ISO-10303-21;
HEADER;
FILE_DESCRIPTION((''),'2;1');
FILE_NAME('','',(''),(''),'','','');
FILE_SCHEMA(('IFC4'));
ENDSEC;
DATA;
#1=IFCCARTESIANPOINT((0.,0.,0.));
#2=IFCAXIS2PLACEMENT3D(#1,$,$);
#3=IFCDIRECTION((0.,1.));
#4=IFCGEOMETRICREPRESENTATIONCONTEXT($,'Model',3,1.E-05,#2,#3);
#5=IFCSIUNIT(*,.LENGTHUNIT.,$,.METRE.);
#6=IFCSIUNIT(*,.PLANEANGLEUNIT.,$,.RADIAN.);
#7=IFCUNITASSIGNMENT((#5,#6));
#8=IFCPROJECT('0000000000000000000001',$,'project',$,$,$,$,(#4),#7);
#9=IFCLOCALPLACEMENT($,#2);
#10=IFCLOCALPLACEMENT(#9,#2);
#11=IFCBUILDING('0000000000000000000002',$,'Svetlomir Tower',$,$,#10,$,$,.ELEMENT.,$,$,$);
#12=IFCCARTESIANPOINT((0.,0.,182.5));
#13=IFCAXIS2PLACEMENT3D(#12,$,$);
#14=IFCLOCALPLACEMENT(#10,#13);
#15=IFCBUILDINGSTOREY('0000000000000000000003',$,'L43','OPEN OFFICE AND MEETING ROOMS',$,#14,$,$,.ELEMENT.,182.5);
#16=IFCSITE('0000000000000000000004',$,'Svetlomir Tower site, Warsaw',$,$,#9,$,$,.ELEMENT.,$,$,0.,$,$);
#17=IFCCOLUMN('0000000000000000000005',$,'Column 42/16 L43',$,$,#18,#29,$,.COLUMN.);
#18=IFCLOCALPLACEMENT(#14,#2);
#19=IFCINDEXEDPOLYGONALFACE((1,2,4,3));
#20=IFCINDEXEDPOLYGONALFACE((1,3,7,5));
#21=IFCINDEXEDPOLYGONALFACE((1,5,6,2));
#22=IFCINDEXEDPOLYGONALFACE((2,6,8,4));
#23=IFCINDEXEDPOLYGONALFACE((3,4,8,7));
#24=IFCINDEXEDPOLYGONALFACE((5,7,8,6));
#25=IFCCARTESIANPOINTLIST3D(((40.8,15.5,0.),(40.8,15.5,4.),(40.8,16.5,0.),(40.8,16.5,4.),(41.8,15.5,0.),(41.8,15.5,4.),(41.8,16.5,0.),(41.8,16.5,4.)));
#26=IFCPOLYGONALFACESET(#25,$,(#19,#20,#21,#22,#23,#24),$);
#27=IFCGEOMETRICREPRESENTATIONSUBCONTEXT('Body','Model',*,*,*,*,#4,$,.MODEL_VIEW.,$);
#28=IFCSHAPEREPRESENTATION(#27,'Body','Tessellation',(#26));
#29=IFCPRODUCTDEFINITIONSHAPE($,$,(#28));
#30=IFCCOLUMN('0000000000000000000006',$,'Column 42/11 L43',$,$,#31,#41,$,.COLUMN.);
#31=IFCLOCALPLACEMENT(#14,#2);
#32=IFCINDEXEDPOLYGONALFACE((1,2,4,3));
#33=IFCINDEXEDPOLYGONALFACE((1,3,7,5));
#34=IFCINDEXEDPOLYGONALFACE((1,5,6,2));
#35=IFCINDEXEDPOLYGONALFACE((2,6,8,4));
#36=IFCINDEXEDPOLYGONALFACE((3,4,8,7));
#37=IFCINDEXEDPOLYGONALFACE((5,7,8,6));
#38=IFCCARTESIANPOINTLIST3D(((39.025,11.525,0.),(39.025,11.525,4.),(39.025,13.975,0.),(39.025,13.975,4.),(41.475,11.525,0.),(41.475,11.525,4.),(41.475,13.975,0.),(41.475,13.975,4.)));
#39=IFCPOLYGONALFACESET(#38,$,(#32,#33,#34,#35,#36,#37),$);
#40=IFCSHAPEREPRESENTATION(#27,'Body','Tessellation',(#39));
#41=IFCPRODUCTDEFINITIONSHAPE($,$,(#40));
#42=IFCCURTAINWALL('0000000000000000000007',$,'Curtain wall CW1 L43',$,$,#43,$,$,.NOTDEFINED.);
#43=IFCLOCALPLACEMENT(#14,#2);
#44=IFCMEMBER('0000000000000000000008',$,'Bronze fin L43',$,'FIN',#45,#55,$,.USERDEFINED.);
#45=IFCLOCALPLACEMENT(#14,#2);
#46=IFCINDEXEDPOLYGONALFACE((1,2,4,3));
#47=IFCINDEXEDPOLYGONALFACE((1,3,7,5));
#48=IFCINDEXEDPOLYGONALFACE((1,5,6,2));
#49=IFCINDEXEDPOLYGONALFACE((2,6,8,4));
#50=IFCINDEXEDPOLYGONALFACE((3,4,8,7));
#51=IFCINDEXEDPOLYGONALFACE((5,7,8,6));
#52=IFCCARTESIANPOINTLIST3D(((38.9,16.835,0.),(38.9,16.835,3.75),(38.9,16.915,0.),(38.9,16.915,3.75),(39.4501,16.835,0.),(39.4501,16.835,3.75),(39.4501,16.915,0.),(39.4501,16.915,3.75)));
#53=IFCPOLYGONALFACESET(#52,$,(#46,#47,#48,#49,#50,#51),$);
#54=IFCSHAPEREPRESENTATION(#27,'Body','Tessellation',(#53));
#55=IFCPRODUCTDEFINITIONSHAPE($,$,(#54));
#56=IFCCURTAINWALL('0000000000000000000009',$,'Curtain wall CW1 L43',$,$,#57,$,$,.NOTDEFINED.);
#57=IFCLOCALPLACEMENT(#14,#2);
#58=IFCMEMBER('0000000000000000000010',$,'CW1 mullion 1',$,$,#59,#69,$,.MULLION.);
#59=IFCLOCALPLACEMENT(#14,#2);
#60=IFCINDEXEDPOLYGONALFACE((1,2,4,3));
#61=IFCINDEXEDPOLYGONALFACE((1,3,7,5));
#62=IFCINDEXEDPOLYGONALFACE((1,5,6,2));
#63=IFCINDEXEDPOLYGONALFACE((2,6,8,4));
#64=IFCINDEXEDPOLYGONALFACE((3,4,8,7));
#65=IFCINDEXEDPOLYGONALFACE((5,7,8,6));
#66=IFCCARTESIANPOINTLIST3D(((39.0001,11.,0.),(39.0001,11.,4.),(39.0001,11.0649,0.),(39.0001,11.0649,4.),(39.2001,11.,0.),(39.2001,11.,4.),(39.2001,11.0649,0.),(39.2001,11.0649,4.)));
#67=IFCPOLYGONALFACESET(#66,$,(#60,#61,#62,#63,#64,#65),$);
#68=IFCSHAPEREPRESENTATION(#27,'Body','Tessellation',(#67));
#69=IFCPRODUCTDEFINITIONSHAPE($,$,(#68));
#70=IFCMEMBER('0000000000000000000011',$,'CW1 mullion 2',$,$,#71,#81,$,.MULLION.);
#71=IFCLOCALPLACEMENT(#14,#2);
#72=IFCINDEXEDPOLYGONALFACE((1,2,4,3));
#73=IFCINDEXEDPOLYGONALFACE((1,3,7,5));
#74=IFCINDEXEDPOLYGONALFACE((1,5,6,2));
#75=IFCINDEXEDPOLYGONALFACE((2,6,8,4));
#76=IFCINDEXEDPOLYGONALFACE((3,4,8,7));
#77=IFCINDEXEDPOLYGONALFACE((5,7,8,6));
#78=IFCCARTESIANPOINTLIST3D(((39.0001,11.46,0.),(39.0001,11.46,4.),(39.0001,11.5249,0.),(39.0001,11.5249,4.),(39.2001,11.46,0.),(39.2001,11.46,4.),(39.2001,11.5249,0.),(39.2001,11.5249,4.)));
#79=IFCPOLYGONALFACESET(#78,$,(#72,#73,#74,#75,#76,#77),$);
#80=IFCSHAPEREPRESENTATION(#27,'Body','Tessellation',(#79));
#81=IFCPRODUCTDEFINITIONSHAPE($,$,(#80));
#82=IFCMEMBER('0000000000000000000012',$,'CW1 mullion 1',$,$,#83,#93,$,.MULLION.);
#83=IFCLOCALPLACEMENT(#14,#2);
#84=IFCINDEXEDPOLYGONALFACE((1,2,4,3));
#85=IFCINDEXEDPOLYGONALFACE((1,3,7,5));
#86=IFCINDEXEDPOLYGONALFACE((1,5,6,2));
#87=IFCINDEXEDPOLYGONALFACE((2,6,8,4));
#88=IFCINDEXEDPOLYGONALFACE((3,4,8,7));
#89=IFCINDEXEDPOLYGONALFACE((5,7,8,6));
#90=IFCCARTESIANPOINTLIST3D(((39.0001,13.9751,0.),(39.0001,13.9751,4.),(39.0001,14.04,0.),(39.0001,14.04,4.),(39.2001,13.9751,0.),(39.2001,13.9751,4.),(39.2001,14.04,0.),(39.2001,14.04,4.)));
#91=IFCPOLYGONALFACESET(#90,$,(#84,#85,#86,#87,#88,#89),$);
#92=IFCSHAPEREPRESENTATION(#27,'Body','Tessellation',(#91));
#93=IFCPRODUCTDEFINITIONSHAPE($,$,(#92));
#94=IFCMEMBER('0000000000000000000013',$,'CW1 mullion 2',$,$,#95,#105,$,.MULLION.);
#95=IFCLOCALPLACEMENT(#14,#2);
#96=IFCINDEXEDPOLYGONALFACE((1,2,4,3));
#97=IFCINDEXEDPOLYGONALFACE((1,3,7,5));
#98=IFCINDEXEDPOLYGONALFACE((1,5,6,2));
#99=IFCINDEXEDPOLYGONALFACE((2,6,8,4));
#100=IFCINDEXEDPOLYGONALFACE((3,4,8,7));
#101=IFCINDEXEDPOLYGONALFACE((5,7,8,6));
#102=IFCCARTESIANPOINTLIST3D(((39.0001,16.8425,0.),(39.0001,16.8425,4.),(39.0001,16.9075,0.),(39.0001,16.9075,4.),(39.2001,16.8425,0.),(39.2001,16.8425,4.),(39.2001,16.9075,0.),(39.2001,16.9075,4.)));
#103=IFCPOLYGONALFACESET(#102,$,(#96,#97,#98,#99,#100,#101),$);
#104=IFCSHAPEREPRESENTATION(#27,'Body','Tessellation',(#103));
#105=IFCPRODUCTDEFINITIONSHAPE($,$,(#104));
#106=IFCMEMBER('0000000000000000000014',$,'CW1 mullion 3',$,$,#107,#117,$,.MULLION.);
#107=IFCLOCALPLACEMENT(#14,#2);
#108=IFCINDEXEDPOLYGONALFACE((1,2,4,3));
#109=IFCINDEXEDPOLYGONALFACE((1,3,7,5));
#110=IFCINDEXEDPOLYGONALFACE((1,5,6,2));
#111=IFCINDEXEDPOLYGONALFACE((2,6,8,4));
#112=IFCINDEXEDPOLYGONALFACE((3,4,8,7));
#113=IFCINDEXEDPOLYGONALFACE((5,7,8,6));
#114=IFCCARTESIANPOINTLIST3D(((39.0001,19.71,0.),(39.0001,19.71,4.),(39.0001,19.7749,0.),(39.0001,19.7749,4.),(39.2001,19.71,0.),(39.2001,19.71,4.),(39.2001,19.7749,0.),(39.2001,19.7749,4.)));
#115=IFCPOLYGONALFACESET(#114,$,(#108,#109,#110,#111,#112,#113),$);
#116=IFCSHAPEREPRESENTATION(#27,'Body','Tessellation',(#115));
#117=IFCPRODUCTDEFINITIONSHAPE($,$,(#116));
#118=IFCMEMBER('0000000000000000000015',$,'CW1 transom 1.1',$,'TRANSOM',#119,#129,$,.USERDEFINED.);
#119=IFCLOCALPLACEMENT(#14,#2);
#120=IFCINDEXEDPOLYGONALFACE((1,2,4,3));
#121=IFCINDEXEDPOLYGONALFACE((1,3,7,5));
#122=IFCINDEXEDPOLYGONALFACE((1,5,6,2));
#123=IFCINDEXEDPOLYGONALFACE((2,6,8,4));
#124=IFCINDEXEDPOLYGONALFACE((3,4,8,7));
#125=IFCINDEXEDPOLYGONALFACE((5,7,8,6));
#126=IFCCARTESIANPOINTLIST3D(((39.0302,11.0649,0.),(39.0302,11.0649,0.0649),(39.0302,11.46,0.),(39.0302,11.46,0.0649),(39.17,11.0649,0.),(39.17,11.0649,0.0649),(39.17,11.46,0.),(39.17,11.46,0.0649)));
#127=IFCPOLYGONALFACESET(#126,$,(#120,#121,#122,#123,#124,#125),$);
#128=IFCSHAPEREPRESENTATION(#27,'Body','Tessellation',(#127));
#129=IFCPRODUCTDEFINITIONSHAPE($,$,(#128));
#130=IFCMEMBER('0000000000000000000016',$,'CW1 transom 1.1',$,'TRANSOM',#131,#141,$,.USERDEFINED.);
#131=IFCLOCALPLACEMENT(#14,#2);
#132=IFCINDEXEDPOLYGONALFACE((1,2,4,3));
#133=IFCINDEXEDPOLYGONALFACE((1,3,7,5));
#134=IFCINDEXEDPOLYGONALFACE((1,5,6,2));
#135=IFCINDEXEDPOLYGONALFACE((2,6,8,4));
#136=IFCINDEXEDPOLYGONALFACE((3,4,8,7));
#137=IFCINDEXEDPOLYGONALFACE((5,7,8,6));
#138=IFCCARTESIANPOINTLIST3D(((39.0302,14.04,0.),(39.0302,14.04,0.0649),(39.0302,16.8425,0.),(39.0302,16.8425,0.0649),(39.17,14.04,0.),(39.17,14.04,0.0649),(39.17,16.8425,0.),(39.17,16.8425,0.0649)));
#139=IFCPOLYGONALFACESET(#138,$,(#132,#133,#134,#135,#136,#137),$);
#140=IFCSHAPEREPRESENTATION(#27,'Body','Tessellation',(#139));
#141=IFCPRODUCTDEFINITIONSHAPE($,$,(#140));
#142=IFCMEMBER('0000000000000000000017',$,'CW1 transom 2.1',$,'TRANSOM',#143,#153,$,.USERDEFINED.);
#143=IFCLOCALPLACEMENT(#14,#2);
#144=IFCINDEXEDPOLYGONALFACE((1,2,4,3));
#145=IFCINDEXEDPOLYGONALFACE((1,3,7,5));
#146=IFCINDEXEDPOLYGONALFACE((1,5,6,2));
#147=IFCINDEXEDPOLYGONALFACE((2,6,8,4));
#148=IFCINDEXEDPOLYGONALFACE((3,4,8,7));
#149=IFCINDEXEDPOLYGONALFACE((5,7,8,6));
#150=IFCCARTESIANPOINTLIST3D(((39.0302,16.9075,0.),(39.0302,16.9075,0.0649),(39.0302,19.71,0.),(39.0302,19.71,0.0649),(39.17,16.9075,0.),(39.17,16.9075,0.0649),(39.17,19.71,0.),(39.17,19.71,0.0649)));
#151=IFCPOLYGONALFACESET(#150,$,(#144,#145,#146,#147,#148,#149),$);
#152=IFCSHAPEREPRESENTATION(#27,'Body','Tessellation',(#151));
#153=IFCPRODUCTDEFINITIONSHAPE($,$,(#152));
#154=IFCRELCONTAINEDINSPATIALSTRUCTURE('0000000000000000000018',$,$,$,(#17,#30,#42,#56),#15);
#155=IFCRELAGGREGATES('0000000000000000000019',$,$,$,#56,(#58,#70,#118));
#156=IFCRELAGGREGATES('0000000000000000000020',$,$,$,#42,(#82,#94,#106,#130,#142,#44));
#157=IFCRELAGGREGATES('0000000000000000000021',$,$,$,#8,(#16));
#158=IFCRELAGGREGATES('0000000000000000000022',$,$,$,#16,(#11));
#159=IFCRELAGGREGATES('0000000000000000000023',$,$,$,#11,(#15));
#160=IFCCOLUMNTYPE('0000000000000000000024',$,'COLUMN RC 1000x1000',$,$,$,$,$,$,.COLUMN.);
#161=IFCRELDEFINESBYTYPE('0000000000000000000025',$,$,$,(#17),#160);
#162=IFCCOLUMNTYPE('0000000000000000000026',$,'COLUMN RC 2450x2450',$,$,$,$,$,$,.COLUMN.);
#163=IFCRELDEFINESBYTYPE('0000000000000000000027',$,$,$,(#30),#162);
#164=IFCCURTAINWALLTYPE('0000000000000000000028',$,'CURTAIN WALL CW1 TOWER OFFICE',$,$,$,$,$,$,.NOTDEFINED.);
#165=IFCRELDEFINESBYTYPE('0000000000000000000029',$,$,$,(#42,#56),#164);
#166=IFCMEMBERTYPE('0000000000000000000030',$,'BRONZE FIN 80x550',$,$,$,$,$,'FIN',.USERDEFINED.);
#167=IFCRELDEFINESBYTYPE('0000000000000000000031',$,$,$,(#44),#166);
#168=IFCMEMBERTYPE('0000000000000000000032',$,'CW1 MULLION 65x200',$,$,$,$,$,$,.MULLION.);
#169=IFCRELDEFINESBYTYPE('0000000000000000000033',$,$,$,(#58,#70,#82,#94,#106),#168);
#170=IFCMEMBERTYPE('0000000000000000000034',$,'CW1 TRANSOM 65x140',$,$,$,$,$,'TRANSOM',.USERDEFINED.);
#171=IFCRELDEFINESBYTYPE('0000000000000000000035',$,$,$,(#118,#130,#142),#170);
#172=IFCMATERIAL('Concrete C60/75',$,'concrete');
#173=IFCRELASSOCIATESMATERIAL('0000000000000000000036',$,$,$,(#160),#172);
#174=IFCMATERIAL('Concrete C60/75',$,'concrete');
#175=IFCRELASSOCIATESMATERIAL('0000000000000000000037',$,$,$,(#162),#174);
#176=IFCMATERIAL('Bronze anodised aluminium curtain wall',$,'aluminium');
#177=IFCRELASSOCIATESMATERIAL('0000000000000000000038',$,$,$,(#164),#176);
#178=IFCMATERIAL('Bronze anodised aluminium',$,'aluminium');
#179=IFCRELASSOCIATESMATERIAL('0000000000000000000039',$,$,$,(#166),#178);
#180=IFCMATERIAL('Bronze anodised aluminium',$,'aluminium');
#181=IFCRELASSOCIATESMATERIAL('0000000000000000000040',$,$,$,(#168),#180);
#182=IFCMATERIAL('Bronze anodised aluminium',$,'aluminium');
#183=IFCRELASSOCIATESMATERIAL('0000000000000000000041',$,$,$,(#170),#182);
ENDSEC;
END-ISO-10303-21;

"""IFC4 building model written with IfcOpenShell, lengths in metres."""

from ifc_helpers import new_model, si_unit, direction, frame, origin, origin_2d, place, context, subcontext, project, spatial, rectangle, extrude, material, material_profile, profile_set, type_object, element, aggregate, save


model = new_model("IFC4")

# Units and contexts
model_context = context("Model", 3, precision=1e-05, world=origin(), true_north=direction((0.0, 1.0)))
body_context = subcontext(model_context, "Body", "Model", "MODEL_VIEW")
ifc_project = project(units=[si_unit("LENGTHUNIT", "METRE"), si_unit("PLANEANGLEUNIT", "RADIAN")], contexts=[model_context])

# Site, building, storey
site_placement = place(None, origin())
site = spatial("IfcSite", under=ifc_project, at=site_placement, Name="Svetlomir Tower site, Warsaw", CompositionType="ELEMENT", RefElevation=0.0)
building_placement = place(site_placement, origin())
building = spatial("IfcBuilding", under=site, at=building_placement, Name="Svetlomir Tower", CompositionType="ELEMENT")
storey_placement = place(building_placement, frame((0.0, 0.0, 182.5)))
storey = spatial("IfcBuildingStorey", under=building, at=storey_placement, Name="L43", Description="OPEN OFFICE AND MEETING ROOMS", CompositionType="ELEMENT", Elevation=182.5)

# Columns
ifc_material_1 = material(Name="Concrete C60/75", Category="concrete")
ifc_material_profile_1 = material_profile(ifc_material_1, rectangle(XDim=1.0, YDim=1.0, at=origin_2d()), Name="RC 1000x1000")
ifc_profile_set_1 = profile_set([ifc_material_profile_1], Name="Concrete C60/75")
column_type_1 = type_object("IfcColumnType", Name="COLUMN RC 1000x1000", PredefinedType="COLUMN", material=ifc_profile_set_1)
column_1_placement = place(storey_placement, frame((41.3, 16.0, 0.0), z_axis=(0.0, 0.0, 1.0), x_axis=(1.0, 0.0, 0.0)))
element("IfcColumn", 1, at=column_1_placement, inside=storey, type_object=column_type_1, Name="Column 42/16 L43", PredefinedType="COLUMN", context=body_context, shape_type="SweptSolid", body=[
    extrude(rectangle(XDim=1.0, YDim=1.0, at=origin_2d()), origin(), (0.0, 0.0, 1.0), 4.0),
])
ifc_material_2 = material(Name="Concrete C60/75", Category="concrete")
ifc_material_profile_2 = material_profile(ifc_material_2, rectangle(XDim=2.45, YDim=2.45, at=origin_2d()), Name="RC 2450x2450")
ifc_profile_set_2 = profile_set([ifc_material_profile_2], Name="Concrete C60/75")
column_type_2 = type_object("IfcColumnType", Name="COLUMN RC 2450x2450", PredefinedType="COLUMN", material=ifc_profile_set_2)
column_2_placement = place(storey_placement, frame((40.25, 12.75, 0.0), z_axis=(0.0, 0.0, 1.0), x_axis=(1.0, 0.0, 0.0)))
element("IfcColumn", 2, at=column_2_placement, inside=storey, type_object=column_type_2, Name="Column 42/11 L43", PredefinedType="COLUMN", context=body_context, shape_type="SweptSolid", body=[
    extrude(rectangle(XDim=2.45, YDim=2.45, at=origin_2d()), origin(), (0.0, 0.0, 1.0), 4.0),
])

# Curtain wall, member
ifc_material_3 = material(Name="Bronze anodised aluminium curtain wall", Category="aluminium")
curtain_wall_type = type_object("IfcCurtainWallType", Name="CURTAIN WALL CW1 TOWER OFFICE", PredefinedType="NOTDEFINED", material=ifc_material_3)
curtain_wall_1_placement = place(storey_placement, origin())
curtain_wall_1 = element("IfcCurtainWall", 3, at=curtain_wall_1_placement, inside=storey, type_object=curtain_wall_type, Name="Curtain wall CW1 L43", PredefinedType="NOTDEFINED")
ifc_material_4 = material(Name="Bronze anodised aluminium", Category="aluminium")
ifc_material_profile_3 = material_profile(ifc_material_4, rectangle(XDim=0.0801, YDim=0.55, at=origin_2d()), Name="FIN 80x550")
ifc_profile_set_3 = profile_set([ifc_material_profile_3], Name="Bronze anodised aluminium 6063-T6")
member_type_1 = type_object("IfcMemberType", Name="BRONZE FIN 80x550", ElementType="FIN", PredefinedType="USERDEFINED", material=ifc_profile_set_3)
member_1_placement = place(storey_placement, frame((39.175, 16.875, 0.0), z_axis=(0.0, 0.0, 1.0), x_axis=(0.0, 1.0, 0.0)))
member_1 = element("IfcMember", 4, at=member_1_placement, type_object=member_type_1, Name="Bronze fin L43", ObjectType="FIN", PredefinedType="USERDEFINED", context=body_context, shape_type="SweptSolid", body=[
    extrude(rectangle(XDim=0.0801, YDim=0.55, at=origin_2d()), origin(), (0.0, 0.0, 1.0), 3.75),
])

# Curtain wall, members
curtain_wall_2_placement = place(storey_placement, origin())
curtain_wall_2 = element("IfcCurtainWall", 5, at=curtain_wall_2_placement, inside=storey, type_object=curtain_wall_type, Name="Curtain wall CW1 L43", PredefinedType="NOTDEFINED")
ifc_material_5 = material(Name="Bronze anodised aluminium", Category="aluminium")
ifc_material_profile_4 = material_profile(ifc_material_5, rectangle(XDim=0.0649, YDim=0.2, at=origin_2d()), Name="AL 65x200")
ifc_profile_set_4 = profile_set([ifc_material_profile_4], Name="Bronze anodised aluminium 6063-T6")
member_type_2 = type_object("IfcMemberType", Name="CW1 MULLION 65x200", PredefinedType="MULLION", material=ifc_profile_set_4)
member_2_placement = place(storey_placement, frame((39.1001, 11.0325, 0.0), z_axis=(0.0, 0.0, 1.0), x_axis=(0.0, 1.0, 0.0)))
member_2 = element("IfcMember", 6, at=member_2_placement, type_object=member_type_2, Name="CW1 mullion 1", PredefinedType="MULLION", context=body_context, shape_type="SweptSolid", body=[
    extrude(rectangle(XDim=0.0649, YDim=0.2, at=origin_2d()), origin(), (0.0, 0.0, 1.0), 4.0),
])
member_3_placement = place(storey_placement, frame((39.1001, 11.4924, 0.0), z_axis=(0.0, 0.0, 1.0), x_axis=(0.0, 1.0, 0.0)))
member_3 = element("IfcMember", 7, at=member_3_placement, type_object=member_type_2, Name="CW1 mullion 2", PredefinedType="MULLION", context=body_context, shape_type="SweptSolid", body=[
    extrude(rectangle(XDim=0.0649, YDim=0.2, at=origin_2d()), origin(), (0.0, 0.0, 1.0), 4.0),
])

# Members
member_4_placement = place(storey_placement, frame((39.1001, 14.0076, 0.0), z_axis=(0.0, 0.0, 1.0), x_axis=(0.0, 1.0, 0.0)))
member_4 = element("IfcMember", 8, at=member_4_placement, type_object=member_type_2, Name="CW1 mullion 1", PredefinedType="MULLION", context=body_context, shape_type="SweptSolid", body=[
    extrude(rectangle(XDim=0.0649, YDim=0.2, at=origin_2d()), origin(), (0.0, 0.0, 1.0), 4.0),
])
member_5_placement = place(storey_placement, frame((39.1001, 16.875, 0.0), z_axis=(0.0, 0.0, 1.0), x_axis=(0.0, 1.0, 0.0)))
member_5 = element("IfcMember", 9, at=member_5_placement, type_object=member_type_2, Name="CW1 mullion 2", PredefinedType="MULLION", context=body_context, shape_type="SweptSolid", body=[
    extrude(rectangle(XDim=0.0649, YDim=0.2, at=origin_2d()), origin(), (0.0, 0.0, 1.0), 4.0),
])
member_6_placement = place(storey_placement, frame((39.1001, 19.7424, 0.0), z_axis=(0.0, 0.0, 1.0), x_axis=(0.0, 1.0, 0.0)))
member_6 = element("IfcMember", 10, at=member_6_placement, type_object=member_type_2, Name="CW1 mullion 3", PredefinedType="MULLION", context=body_context, shape_type="SweptSolid", body=[
    extrude(rectangle(XDim=0.0649, YDim=0.2, at=origin_2d()), origin(), (0.0, 0.0, 1.0), 4.0),
])
ifc_material_6 = material(Name="Bronze anodised aluminium", Category="aluminium")
ifc_material_profile_5 = material_profile(ifc_material_6, rectangle(XDim=0.1399, YDim=0.0649, at=origin_2d()), Name="AL 140x65")
ifc_profile_set_5 = profile_set([ifc_material_profile_5], Name="Bronze anodised aluminium 6063-T6")
member_type_3 = type_object("IfcMemberType", Name="CW1 TRANSOM 65x140", ElementType="TRANSOM", PredefinedType="USERDEFINED", material=ifc_profile_set_5)
member_7_placement = place(storey_placement, frame((39.1001, 11.0649, 0.0325), z_axis=(0.0, 1.0, 0.0), x_axis=(-1.0, 0.0, 0.0)))
member_7 = element("IfcMember", 11, at=member_7_placement, type_object=member_type_3, Name="CW1 transom 1.1", ObjectType="TRANSOM", PredefinedType="USERDEFINED", context=body_context, shape_type="SweptSolid", body=[
    extrude(rectangle(XDim=0.1399, YDim=0.0649, at=origin_2d()), origin(), (0.0, 0.0, 1.0), 0.395),
])
member_8_placement = place(storey_placement, frame((39.1001, 14.04, 0.0325), z_axis=(0.0, 1.0, 0.0), x_axis=(-1.0, 0.0, 0.0)))
member_8 = element("IfcMember", 12, at=member_8_placement, type_object=member_type_3, Name="CW1 transom 1.1", ObjectType="TRANSOM", PredefinedType="USERDEFINED", context=body_context, shape_type="SweptSolid", body=[
    extrude(rectangle(XDim=0.1399, YDim=0.0649, at=origin_2d()), origin(), (0.0, 0.0, 1.0), 2.8025),
])
member_9_placement = place(storey_placement, frame((39.1001, 16.9075, 0.0325), z_axis=(0.0, 1.0, 0.0), x_axis=(-1.0, 0.0, 0.0)))
member_9 = element("IfcMember", 13, at=member_9_placement, type_object=member_type_3, Name="CW1 transom 2.1", ObjectType="TRANSOM", PredefinedType="USERDEFINED", context=body_context, shape_type="SweptSolid", body=[
    extrude(rectangle(XDim=0.1399, YDim=0.0649, at=origin_2d()), origin(), (0.0, 0.0, 1.0), 2.8025),
])

aggregate(curtain_wall_2, [member_2, member_3, member_7])
aggregate(curtain_wall_1, [member_4, member_5, member_6, member_8, member_9, member_1])

save(model, "model.ifc")
